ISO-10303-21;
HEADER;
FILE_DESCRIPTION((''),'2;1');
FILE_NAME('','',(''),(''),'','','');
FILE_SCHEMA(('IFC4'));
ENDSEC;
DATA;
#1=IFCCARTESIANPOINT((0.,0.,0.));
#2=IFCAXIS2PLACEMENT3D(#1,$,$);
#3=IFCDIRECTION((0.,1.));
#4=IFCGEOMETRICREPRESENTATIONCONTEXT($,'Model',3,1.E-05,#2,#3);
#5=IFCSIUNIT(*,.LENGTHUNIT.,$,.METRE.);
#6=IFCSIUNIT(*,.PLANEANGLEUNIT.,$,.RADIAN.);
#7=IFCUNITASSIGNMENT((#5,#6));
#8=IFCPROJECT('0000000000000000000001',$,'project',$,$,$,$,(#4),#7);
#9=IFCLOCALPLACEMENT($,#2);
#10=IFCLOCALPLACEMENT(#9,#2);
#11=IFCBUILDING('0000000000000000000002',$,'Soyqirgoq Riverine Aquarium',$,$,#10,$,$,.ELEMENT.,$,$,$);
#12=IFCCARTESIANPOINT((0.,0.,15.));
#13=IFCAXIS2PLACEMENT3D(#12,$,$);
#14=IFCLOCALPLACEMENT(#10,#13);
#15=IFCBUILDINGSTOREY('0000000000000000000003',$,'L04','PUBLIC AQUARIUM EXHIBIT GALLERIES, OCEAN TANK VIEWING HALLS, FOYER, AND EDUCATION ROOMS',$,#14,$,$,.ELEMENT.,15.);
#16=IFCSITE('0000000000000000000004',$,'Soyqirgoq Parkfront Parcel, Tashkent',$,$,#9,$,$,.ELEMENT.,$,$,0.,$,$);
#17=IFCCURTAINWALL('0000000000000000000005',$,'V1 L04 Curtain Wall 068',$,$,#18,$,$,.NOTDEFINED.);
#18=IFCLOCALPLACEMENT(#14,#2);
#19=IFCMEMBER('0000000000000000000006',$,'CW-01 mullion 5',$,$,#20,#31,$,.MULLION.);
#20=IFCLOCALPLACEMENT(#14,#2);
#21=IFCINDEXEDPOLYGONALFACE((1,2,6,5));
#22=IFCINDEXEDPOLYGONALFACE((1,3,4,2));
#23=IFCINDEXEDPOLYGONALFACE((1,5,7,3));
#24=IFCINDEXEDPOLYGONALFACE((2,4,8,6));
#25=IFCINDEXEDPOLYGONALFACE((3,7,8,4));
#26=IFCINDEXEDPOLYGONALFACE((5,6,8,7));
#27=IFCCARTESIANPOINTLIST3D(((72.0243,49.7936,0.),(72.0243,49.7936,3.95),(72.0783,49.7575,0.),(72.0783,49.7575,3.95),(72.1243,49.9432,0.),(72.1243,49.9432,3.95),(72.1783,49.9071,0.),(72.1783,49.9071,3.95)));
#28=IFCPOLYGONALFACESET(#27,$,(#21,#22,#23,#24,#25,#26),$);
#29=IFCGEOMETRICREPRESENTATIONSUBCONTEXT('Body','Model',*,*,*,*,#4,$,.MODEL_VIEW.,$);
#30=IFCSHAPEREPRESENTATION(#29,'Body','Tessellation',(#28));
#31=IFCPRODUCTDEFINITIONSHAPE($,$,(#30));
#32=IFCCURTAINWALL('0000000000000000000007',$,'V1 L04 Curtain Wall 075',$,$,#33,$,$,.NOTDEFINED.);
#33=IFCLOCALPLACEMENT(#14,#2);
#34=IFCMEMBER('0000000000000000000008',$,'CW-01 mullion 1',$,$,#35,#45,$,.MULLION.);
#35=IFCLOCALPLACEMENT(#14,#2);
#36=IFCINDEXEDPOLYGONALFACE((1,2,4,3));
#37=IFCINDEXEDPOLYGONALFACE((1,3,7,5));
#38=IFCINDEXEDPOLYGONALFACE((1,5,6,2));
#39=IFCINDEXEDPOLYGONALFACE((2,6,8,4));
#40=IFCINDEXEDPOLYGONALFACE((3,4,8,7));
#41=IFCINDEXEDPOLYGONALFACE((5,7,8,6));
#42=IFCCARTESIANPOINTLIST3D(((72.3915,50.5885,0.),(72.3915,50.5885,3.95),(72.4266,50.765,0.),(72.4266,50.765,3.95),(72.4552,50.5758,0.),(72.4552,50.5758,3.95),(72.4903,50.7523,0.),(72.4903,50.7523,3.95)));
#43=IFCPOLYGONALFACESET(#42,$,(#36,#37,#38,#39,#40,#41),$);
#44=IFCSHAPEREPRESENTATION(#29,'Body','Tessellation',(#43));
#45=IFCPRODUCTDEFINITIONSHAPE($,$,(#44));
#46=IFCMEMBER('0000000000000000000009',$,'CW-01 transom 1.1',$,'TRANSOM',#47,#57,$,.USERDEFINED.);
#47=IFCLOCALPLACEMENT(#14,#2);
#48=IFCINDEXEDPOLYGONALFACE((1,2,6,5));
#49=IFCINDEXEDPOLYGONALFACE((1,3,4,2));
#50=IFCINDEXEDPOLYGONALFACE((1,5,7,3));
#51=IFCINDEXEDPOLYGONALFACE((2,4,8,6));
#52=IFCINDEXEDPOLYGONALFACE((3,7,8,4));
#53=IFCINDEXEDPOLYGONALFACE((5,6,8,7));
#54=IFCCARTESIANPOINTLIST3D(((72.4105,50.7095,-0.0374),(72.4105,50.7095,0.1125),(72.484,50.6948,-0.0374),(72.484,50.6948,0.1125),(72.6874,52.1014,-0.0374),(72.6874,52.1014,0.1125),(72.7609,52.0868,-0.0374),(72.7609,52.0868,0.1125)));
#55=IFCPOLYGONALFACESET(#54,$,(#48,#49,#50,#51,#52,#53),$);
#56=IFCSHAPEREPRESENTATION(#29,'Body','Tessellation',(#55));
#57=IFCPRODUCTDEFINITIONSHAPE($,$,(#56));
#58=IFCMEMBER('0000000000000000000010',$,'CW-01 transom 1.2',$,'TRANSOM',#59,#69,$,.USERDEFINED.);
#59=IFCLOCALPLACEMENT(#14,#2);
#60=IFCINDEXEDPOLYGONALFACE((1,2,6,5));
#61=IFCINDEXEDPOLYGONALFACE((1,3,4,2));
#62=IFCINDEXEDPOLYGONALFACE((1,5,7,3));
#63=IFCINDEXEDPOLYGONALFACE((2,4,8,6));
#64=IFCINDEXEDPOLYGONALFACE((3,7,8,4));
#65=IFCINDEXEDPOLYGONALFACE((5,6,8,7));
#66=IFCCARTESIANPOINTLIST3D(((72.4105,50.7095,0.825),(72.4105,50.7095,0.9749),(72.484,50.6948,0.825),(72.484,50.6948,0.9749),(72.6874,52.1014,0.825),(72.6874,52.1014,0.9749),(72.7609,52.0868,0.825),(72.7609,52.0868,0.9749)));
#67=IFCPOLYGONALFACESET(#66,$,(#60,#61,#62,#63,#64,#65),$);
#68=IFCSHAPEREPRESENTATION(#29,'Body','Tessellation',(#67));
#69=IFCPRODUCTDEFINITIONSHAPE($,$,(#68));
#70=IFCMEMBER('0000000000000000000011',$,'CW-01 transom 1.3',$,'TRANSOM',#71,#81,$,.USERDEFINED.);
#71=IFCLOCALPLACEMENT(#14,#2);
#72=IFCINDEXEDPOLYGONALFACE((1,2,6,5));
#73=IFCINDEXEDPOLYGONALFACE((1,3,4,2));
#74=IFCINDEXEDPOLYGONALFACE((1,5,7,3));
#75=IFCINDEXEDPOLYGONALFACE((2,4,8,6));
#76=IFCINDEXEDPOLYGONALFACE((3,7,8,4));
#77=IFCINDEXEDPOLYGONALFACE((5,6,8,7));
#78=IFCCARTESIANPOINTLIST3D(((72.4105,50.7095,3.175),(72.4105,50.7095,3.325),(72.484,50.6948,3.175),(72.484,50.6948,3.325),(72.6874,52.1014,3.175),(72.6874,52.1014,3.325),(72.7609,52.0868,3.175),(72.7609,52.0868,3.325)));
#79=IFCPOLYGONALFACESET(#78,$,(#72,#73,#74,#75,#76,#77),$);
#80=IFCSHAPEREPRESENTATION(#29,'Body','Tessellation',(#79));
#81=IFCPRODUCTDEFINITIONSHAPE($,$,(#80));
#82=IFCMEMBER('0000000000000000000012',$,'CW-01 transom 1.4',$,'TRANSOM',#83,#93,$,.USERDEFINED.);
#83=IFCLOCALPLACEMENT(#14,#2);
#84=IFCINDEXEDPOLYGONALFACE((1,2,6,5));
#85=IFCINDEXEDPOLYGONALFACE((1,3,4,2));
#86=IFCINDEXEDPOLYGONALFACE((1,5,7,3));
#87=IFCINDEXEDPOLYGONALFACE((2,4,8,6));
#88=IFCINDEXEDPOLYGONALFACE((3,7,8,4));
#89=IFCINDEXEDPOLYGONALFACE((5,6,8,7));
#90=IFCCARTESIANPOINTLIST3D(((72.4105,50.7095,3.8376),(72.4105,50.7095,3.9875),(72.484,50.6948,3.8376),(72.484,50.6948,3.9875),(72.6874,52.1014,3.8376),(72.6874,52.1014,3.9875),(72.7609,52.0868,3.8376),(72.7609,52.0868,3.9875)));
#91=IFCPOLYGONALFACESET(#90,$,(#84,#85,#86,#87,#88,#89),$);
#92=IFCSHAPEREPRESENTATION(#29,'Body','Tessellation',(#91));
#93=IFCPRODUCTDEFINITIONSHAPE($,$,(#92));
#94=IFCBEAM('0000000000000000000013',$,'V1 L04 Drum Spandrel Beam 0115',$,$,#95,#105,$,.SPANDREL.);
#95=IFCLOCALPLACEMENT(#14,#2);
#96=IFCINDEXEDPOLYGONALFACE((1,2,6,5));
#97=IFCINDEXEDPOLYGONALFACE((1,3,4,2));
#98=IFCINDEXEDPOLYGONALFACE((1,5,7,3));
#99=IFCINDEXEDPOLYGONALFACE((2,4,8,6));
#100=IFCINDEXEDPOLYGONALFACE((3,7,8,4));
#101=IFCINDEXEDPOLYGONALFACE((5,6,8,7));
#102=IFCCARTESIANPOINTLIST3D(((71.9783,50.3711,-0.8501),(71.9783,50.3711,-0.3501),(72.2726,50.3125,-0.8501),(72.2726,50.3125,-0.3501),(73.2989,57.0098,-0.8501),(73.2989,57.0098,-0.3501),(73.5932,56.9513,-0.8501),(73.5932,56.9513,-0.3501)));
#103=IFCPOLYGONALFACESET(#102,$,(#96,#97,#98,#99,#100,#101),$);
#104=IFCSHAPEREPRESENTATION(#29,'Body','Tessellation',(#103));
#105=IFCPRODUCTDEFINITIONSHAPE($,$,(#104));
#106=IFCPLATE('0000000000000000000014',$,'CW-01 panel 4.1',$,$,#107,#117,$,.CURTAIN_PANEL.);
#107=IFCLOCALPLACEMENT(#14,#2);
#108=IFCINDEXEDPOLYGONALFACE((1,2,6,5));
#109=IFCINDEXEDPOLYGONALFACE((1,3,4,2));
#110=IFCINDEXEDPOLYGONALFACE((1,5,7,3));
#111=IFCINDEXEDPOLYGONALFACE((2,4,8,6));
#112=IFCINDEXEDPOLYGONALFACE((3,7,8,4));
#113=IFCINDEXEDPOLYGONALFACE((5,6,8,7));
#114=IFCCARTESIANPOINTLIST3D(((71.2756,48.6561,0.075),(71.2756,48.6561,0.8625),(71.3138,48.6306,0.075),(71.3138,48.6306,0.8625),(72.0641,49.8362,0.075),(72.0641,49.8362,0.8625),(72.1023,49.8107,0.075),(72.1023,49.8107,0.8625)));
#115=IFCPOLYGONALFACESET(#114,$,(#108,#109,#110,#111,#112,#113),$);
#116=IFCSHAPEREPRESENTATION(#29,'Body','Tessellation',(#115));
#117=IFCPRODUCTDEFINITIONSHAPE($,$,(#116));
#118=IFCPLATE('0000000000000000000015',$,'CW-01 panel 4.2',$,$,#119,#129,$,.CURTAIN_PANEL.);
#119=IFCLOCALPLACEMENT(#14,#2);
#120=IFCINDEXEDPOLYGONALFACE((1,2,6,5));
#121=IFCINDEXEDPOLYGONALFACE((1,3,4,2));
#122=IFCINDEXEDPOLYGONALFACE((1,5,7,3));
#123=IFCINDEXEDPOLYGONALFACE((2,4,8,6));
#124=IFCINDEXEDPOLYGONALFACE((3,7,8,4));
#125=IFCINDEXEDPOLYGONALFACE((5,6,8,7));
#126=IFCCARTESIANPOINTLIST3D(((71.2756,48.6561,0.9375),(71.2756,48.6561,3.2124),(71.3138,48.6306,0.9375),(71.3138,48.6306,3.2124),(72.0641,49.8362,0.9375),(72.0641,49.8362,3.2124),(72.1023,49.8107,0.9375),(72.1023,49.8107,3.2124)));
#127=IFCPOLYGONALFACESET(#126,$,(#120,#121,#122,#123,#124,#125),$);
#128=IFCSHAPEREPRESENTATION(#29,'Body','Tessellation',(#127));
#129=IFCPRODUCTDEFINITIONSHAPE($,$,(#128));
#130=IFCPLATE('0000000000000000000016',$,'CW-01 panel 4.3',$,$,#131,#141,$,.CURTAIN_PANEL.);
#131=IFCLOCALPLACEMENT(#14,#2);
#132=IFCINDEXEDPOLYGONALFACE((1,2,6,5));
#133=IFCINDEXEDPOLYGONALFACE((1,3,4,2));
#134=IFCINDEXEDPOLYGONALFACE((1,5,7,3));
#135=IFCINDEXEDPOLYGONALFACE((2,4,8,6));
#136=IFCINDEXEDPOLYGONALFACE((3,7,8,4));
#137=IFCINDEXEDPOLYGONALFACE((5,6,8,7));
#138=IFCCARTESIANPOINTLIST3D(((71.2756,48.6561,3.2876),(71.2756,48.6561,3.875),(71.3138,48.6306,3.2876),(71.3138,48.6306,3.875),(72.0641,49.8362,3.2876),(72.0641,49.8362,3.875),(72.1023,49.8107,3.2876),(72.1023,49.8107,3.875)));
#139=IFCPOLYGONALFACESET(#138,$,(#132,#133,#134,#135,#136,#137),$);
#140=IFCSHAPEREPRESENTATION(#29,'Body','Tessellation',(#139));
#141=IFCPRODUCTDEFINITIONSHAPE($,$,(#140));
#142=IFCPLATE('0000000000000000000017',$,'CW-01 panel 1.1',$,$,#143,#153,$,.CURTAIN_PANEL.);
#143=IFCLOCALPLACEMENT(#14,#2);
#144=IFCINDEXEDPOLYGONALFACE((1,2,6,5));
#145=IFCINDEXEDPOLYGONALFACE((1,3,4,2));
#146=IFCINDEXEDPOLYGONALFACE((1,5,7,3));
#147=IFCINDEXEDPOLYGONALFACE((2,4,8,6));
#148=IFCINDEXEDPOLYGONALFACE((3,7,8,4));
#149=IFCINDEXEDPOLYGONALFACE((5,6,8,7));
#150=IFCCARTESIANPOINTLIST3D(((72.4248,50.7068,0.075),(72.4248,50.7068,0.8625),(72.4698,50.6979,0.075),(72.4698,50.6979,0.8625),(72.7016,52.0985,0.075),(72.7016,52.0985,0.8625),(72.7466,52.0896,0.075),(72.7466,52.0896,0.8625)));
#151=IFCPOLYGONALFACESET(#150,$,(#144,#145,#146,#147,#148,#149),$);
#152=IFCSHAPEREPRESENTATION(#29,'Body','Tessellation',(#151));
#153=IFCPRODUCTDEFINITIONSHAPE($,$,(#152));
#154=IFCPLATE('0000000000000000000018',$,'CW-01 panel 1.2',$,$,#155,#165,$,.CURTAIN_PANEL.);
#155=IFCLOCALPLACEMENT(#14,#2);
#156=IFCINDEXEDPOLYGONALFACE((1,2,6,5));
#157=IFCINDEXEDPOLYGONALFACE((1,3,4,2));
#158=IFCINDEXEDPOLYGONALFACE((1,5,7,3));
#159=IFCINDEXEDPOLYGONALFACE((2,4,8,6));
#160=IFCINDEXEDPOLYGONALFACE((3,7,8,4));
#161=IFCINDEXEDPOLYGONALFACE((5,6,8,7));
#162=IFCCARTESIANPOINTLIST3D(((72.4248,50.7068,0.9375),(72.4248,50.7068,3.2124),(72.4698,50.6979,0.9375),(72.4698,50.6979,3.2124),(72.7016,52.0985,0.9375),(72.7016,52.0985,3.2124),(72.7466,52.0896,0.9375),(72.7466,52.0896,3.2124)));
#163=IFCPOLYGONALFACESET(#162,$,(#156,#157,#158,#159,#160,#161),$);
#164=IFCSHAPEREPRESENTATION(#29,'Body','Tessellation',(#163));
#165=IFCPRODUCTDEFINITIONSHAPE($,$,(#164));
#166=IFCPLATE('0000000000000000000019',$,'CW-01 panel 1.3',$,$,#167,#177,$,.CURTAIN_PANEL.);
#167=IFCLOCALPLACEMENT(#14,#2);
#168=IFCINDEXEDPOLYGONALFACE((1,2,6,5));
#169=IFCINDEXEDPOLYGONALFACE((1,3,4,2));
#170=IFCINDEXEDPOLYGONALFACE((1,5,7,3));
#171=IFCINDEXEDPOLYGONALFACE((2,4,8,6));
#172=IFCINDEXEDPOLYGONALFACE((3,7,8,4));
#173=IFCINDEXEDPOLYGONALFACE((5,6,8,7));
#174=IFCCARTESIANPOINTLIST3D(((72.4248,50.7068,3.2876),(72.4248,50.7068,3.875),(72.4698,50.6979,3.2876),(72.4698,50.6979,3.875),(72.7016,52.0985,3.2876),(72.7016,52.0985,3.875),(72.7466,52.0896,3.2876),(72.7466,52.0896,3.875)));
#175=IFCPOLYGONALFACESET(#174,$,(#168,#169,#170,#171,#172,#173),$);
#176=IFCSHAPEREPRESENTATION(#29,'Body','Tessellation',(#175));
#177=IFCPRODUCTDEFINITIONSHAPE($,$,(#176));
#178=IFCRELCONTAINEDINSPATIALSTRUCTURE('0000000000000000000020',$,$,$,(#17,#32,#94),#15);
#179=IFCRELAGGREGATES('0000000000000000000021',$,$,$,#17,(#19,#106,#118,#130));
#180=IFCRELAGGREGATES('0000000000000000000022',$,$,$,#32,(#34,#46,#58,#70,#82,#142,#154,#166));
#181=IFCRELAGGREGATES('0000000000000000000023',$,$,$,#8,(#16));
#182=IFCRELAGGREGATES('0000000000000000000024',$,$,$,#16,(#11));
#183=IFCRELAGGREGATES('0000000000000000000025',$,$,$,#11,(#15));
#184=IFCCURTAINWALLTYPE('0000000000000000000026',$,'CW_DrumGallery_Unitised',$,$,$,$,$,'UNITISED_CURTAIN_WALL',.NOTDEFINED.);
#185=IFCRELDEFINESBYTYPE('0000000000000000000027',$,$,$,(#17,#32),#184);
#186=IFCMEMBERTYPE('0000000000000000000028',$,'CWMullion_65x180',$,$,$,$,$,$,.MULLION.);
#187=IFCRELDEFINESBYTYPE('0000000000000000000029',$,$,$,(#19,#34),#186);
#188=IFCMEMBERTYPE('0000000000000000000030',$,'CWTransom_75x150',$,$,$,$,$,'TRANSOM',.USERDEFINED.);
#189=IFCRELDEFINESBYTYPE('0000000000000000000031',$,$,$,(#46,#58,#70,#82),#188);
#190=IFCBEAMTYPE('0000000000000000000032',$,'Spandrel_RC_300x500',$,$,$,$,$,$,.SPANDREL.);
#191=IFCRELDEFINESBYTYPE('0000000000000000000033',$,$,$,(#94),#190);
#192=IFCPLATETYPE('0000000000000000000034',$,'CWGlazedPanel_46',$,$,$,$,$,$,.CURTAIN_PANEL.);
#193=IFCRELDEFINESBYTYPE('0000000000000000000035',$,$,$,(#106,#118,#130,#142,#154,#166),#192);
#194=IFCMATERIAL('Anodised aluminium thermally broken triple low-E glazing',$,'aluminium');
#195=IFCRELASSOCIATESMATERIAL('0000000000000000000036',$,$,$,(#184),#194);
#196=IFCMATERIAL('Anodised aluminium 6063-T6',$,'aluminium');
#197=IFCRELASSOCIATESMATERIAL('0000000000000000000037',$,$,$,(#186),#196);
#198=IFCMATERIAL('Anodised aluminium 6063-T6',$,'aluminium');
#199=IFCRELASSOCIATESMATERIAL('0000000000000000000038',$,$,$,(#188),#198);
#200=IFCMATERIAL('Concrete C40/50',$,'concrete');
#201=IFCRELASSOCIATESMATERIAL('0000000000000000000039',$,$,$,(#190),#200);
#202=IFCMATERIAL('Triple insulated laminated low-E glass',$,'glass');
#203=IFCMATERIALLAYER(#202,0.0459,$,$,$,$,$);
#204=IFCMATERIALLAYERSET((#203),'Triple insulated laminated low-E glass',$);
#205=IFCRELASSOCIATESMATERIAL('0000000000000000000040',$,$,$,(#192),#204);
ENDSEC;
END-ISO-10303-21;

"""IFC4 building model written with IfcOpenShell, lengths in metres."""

from ifc_helpers import new_model, si_unit, direction, frame, origin, origin_2d, place, context, subcontext, project, spatial, rectangle, extrude, material, layer, layer_set, material_profile, profile_set, type_object, element, aggregate, save


model = new_model("IFC4")

# Units and contexts
model_context = context("Model", 3, precision=1e-05, world=origin(), true_north=direction((0.0, 1.0)))
body_context = subcontext(model_context, "Body", "Model", "MODEL_VIEW")
ifc_project = project(units=[si_unit("LENGTHUNIT", "METRE"), si_unit("PLANEANGLEUNIT", "RADIAN")], contexts=[model_context])

# Site, building, storey
site_placement = place(None, origin())
site = spatial("IfcSite", under=ifc_project, at=site_placement, Name="Soyqirgoq Parkfront Parcel, Tashkent", CompositionType="ELEMENT", RefElevation=0.0)
building_placement = place(site_placement, origin())
building = spatial("IfcBuilding", under=site, at=building_placement, Name="Soyqirgoq Riverine Aquarium", CompositionType="ELEMENT")
storey_placement = place(building_placement, frame((0.0, 0.0, 15.0)))
storey = spatial("IfcBuildingStorey", under=building, at=storey_placement, Name="L04", Description="PUBLIC AQUARIUM EXHIBIT GALLERIES, OCEAN TANK VIEWING HALLS, FOYER, AND EDUCATION ROOMS", CompositionType="ELEMENT", Elevation=15.0)

# Curtain wall, member
ifc_material_1 = material(Name="Anodised aluminium thermally broken triple low-E glazing", Category="aluminium")
curtain_wall_type = type_object("IfcCurtainWallType", Name="CW_DrumGallery_Unitised", ElementType="UNITISED_CURTAIN_WALL", PredefinedType="NOTDEFINED", material=ifc_material_1)
curtain_wall_1_placement = place(storey_placement, origin())
curtain_wall_1 = element("IfcCurtainWall", 1, at=curtain_wall_1_placement, inside=storey, type_object=curtain_wall_type, Name="V1 L04 Curtain Wall 068", PredefinedType="NOTDEFINED")
ifc_material_2 = material(Name="Anodised aluminium 6063-T6", Category="aluminium")
ifc_material_profile_1 = material_profile(ifc_material_2, rectangle(XDim=0.0649, YDim=0.1799, at=origin_2d()), Name="ALU-M 65x180")
ifc_profile_set_1 = profile_set([ifc_material_profile_1], Name="Anodised aluminium 6063-T6")
member_type_1 = type_object("IfcMemberType", Name="CWMullion_65x180", PredefinedType="MULLION", material=ifc_profile_set_1)
member_1_placement = place(storey_placement, frame((72.1013, 49.8503, 0.0), z_axis=(0.0, 0.0, 1.0), x_axis=(-0.831464, 0.555579, 0.0)))
member_1 = element("IfcMember", 2, at=member_1_placement, type_object=member_type_1, Name="CW-01 mullion 5", PredefinedType="MULLION", context=body_context, shape_type="SweptSolid", body=[
    extrude(rectangle(XDim=0.0649, YDim=0.1799, at=origin_2d()), origin(), (0.0, 0.0, 1.0), 3.95),
])

# Curtain wall, members
curtain_wall_2_placement = place(storey_placement, origin())
curtain_wall_2 = element("IfcCurtainWall", 3, at=curtain_wall_2_placement, inside=storey, type_object=curtain_wall_type, Name="V1 L04 Curtain Wall 075", PredefinedType="NOTDEFINED")
member_2_placement = place(storey_placement, frame((72.4409, 50.6704, 0.0), z_axis=(0.0, 0.0, 1.0), x_axis=(-0.980783, 0.195102, 0.0)))
member_2 = element("IfcMember", 4, at=member_2_placement, type_object=member_type_1, Name="CW-01 mullion 1", PredefinedType="MULLION", context=body_context, shape_type="SweptSolid", body=[
    extrude(rectangle(XDim=0.0649, YDim=0.1799, at=origin_2d()), origin(), (0.0, 0.0, 1.0), 3.95),
])
ifc_material_3 = material(Name="Anodised aluminium 6063-T6", Category="aluminium")
ifc_material_profile_2 = material_profile(ifc_material_3, rectangle(XDim=0.075, YDim=0.1499, at=origin_2d()), Name="ALU-T 75x150")
ifc_profile_set_2 = profile_set([ifc_material_profile_2], Name="Anodised aluminium 6063-T6")
member_type_2 = type_object("IfcMemberType", Name="CWTransom_75x150", ElementType="TRANSOM", PredefinedType="USERDEFINED", material=ifc_profile_set_2)
member_3_placement = place(storey_placement, frame((72.4473, 50.7021, 0.0376), z_axis=(0.19509, 0.980785, 0.0), x_axis=(-0.980785, 0.19509, 0.0)))
member_3 = element("IfcMember", 5, at=member_3_placement, type_object=member_type_2, Name="CW-01 transom 1.1", ObjectType="TRANSOM", PredefinedType="USERDEFINED", context=body_context, shape_type="SweptSolid", body=[
    extrude(rectangle(XDim=0.075, YDim=0.1499, at=origin_2d()), origin(), (0.0, 0.0, 1.0), 1.4192),
])
member_4_placement = place(storey_placement, frame((72.4473, 50.7021, 0.8999), z_axis=(0.19509, 0.980785, 0.0), x_axis=(-0.980785, 0.19509, 0.0)))
member_4 = element("IfcMember", 6, at=member_4_placement, type_object=member_type_2, Name="CW-01 transom 1.2", ObjectType="TRANSOM", PredefinedType="USERDEFINED", context=body_context, shape_type="SweptSolid", body=[
    extrude(rectangle(XDim=0.075, YDim=0.1499, at=origin_2d()), origin(), (0.0, 0.0, 1.0), 1.4192),
])
member_5_placement = place(storey_placement, frame((72.4473, 50.7021, 3.25), z_axis=(0.19509, 0.980785, 0.0), x_axis=(-0.980785, 0.19509, 0.0)))
member_5 = element("IfcMember", 7, at=member_5_placement, type_object=member_type_2, Name="CW-01 transom 1.3", ObjectType="TRANSOM", PredefinedType="USERDEFINED", context=body_context, shape_type="SweptSolid", body=[
    extrude(rectangle(XDim=0.075, YDim=0.1499, at=origin_2d()), origin(), (0.0, 0.0, 1.0), 1.4192),
])
member_6_placement = place(storey_placement, frame((72.4473, 50.7021, 3.9126), z_axis=(0.19509, 0.980785, 0.0), x_axis=(-0.980785, 0.19509, 0.0)))
member_6 = element("IfcMember", 8, at=member_6_placement, type_object=member_type_2, Name="CW-01 transom 1.4", ObjectType="TRANSOM", PredefinedType="USERDEFINED", context=body_context, shape_type="SweptSolid", body=[
    extrude(rectangle(XDim=0.075, YDim=0.1499, at=origin_2d()), origin(), (0.0, 0.0, 1.0), 1.4192),
])

# Beam
ifc_material_4 = material(Name="Concrete C40/50", Category="concrete")
ifc_material_profile_3 = material_profile(ifc_material_4, rectangle(XDim=0.3, YDim=0.5, at=origin_2d()), Name="RC 300x500")
ifc_profile_set_3 = profile_set([ifc_material_profile_3], Name="Concrete C40/50")
beam_type = type_object("IfcBeamType", Name="Spandrel_RC_300x500", PredefinedType="SPANDREL", material=ifc_profile_set_3)
beam_placement = place(storey_placement, frame((72.1255, 50.3418, -0.6001), z_axis=(0.195096, 0.980784, 0.0), x_axis=(-0.980784, 0.195096, 0.0)))
element("IfcBeam", 9, at=beam_placement, inside=storey, type_object=beam_type, Name="V1 L04 Drum Spandrel Beam 0115", PredefinedType="SPANDREL", context=body_context, shape_type="SweptSolid", body=[
    extrude(rectangle(XDim=0.3, YDim=0.5, at=origin_2d()), origin(), (0.0, 0.0, 1.0), 6.7688),
])

# Plates
ifc_material_5 = material(Name="Triple insulated laminated low-E glass", Category="glass")
ifc_layer_1 = layer(ifc_material_5, 0.0459)
ifc_layer_set_1 = layer_set([ifc_layer_1], Name="Triple insulated laminated low-E glass")
plate_type = type_object("IfcPlateType", Name="CWGlazedPanel_46", PredefinedType="CURTAIN_PANEL", material=ifc_layer_set_1)
plate_1_placement = place(storey_placement, frame((71.689, 49.2334, 0.075), z_axis=(0.0, 0.0, 1.0), x_axis=(0.555579, 0.831464, 0.0)))
plate_1 = element("IfcPlate", 10, at=plate_1_placement, type_object=plate_type, Name="CW-01 panel 4.1", PredefinedType="CURTAIN_PANEL", context=body_context, shape_type="SweptSolid", body=[
    extrude(rectangle(XDim=1.4192, YDim=0.0459, at=origin_2d()), origin(), (0.0, 0.0, 1.0), 0.7876),
])
plate_2_placement = place(storey_placement, frame((71.689, 49.2334, 0.9375), z_axis=(0.0, 0.0, 1.0), x_axis=(0.555579, 0.831464, 0.0)))
plate_2 = element("IfcPlate", 11, at=plate_2_placement, type_object=plate_type, Name="CW-01 panel 4.2", PredefinedType="CURTAIN_PANEL", context=body_context, shape_type="SweptSolid", body=[
    extrude(rectangle(XDim=1.4192, YDim=0.0459, at=origin_2d()), origin(), (0.0, 0.0, 1.0), 2.2749),
])
plate_3_placement = place(storey_placement, frame((71.689, 49.2334, 3.2876), z_axis=(0.0, 0.0, 1.0), x_axis=(0.555579, 0.831464, 0.0)))
plate_3 = element("IfcPlate", 12, at=plate_3_placement, type_object=plate_type, Name="CW-01 panel 4.3", PredefinedType="CURTAIN_PANEL", context=body_context, shape_type="SweptSolid", body=[
    extrude(rectangle(XDim=1.4192, YDim=0.0459, at=origin_2d()), origin(), (0.0, 0.0, 1.0), 0.5874),
])
aggregate(curtain_wall_1, [member_1, plate_1, plate_2, plate_3])
plate_4_placement = place(storey_placement, frame((72.5857, 51.3982, 0.075), z_axis=(0.0, 0.0, 1.0), x_axis=(0.195102, 0.980783, 0.0)))
plate_4 = element("IfcPlate", 13, at=plate_4_placement, type_object=plate_type, Name="CW-01 panel 1.1", PredefinedType="CURTAIN_PANEL", context=body_context, shape_type="SweptSolid", body=[
    extrude(rectangle(XDim=1.4189, YDim=0.0459, at=origin_2d()), origin(), (0.0, 0.0, 1.0), 0.7876),
])
plate_5_placement = place(storey_placement, frame((72.5857, 51.3982, 0.9375), z_axis=(0.0, 0.0, 1.0), x_axis=(0.195102, 0.980783, 0.0)))
plate_5 = element("IfcPlate", 14, at=plate_5_placement, type_object=plate_type, Name="CW-01 panel 1.2", PredefinedType="CURTAIN_PANEL", context=body_context, shape_type="SweptSolid", body=[
    extrude(rectangle(XDim=1.4189, YDim=0.0459, at=origin_2d()), origin(), (0.0, 0.0, 1.0), 2.2749),
])
plate_6_placement = place(storey_placement, frame((72.5857, 51.3982, 3.2876), z_axis=(0.0, 0.0, 1.0), x_axis=(0.195102, 0.980783, 0.0)))
plate_6 = element("IfcPlate", 15, at=plate_6_placement, type_object=plate_type, Name="CW-01 panel 1.3", PredefinedType="CURTAIN_PANEL", context=body_context, shape_type="SweptSolid", body=[
    extrude(rectangle(XDim=1.4189, YDim=0.0459, at=origin_2d()), origin(), (0.0, 0.0, 1.0), 0.5874),
])
aggregate(curtain_wall_2, [member_2, member_3, member_4, member_5, member_6, plate_4, plate_5, plate_6])

save(model, "model.ifc")
